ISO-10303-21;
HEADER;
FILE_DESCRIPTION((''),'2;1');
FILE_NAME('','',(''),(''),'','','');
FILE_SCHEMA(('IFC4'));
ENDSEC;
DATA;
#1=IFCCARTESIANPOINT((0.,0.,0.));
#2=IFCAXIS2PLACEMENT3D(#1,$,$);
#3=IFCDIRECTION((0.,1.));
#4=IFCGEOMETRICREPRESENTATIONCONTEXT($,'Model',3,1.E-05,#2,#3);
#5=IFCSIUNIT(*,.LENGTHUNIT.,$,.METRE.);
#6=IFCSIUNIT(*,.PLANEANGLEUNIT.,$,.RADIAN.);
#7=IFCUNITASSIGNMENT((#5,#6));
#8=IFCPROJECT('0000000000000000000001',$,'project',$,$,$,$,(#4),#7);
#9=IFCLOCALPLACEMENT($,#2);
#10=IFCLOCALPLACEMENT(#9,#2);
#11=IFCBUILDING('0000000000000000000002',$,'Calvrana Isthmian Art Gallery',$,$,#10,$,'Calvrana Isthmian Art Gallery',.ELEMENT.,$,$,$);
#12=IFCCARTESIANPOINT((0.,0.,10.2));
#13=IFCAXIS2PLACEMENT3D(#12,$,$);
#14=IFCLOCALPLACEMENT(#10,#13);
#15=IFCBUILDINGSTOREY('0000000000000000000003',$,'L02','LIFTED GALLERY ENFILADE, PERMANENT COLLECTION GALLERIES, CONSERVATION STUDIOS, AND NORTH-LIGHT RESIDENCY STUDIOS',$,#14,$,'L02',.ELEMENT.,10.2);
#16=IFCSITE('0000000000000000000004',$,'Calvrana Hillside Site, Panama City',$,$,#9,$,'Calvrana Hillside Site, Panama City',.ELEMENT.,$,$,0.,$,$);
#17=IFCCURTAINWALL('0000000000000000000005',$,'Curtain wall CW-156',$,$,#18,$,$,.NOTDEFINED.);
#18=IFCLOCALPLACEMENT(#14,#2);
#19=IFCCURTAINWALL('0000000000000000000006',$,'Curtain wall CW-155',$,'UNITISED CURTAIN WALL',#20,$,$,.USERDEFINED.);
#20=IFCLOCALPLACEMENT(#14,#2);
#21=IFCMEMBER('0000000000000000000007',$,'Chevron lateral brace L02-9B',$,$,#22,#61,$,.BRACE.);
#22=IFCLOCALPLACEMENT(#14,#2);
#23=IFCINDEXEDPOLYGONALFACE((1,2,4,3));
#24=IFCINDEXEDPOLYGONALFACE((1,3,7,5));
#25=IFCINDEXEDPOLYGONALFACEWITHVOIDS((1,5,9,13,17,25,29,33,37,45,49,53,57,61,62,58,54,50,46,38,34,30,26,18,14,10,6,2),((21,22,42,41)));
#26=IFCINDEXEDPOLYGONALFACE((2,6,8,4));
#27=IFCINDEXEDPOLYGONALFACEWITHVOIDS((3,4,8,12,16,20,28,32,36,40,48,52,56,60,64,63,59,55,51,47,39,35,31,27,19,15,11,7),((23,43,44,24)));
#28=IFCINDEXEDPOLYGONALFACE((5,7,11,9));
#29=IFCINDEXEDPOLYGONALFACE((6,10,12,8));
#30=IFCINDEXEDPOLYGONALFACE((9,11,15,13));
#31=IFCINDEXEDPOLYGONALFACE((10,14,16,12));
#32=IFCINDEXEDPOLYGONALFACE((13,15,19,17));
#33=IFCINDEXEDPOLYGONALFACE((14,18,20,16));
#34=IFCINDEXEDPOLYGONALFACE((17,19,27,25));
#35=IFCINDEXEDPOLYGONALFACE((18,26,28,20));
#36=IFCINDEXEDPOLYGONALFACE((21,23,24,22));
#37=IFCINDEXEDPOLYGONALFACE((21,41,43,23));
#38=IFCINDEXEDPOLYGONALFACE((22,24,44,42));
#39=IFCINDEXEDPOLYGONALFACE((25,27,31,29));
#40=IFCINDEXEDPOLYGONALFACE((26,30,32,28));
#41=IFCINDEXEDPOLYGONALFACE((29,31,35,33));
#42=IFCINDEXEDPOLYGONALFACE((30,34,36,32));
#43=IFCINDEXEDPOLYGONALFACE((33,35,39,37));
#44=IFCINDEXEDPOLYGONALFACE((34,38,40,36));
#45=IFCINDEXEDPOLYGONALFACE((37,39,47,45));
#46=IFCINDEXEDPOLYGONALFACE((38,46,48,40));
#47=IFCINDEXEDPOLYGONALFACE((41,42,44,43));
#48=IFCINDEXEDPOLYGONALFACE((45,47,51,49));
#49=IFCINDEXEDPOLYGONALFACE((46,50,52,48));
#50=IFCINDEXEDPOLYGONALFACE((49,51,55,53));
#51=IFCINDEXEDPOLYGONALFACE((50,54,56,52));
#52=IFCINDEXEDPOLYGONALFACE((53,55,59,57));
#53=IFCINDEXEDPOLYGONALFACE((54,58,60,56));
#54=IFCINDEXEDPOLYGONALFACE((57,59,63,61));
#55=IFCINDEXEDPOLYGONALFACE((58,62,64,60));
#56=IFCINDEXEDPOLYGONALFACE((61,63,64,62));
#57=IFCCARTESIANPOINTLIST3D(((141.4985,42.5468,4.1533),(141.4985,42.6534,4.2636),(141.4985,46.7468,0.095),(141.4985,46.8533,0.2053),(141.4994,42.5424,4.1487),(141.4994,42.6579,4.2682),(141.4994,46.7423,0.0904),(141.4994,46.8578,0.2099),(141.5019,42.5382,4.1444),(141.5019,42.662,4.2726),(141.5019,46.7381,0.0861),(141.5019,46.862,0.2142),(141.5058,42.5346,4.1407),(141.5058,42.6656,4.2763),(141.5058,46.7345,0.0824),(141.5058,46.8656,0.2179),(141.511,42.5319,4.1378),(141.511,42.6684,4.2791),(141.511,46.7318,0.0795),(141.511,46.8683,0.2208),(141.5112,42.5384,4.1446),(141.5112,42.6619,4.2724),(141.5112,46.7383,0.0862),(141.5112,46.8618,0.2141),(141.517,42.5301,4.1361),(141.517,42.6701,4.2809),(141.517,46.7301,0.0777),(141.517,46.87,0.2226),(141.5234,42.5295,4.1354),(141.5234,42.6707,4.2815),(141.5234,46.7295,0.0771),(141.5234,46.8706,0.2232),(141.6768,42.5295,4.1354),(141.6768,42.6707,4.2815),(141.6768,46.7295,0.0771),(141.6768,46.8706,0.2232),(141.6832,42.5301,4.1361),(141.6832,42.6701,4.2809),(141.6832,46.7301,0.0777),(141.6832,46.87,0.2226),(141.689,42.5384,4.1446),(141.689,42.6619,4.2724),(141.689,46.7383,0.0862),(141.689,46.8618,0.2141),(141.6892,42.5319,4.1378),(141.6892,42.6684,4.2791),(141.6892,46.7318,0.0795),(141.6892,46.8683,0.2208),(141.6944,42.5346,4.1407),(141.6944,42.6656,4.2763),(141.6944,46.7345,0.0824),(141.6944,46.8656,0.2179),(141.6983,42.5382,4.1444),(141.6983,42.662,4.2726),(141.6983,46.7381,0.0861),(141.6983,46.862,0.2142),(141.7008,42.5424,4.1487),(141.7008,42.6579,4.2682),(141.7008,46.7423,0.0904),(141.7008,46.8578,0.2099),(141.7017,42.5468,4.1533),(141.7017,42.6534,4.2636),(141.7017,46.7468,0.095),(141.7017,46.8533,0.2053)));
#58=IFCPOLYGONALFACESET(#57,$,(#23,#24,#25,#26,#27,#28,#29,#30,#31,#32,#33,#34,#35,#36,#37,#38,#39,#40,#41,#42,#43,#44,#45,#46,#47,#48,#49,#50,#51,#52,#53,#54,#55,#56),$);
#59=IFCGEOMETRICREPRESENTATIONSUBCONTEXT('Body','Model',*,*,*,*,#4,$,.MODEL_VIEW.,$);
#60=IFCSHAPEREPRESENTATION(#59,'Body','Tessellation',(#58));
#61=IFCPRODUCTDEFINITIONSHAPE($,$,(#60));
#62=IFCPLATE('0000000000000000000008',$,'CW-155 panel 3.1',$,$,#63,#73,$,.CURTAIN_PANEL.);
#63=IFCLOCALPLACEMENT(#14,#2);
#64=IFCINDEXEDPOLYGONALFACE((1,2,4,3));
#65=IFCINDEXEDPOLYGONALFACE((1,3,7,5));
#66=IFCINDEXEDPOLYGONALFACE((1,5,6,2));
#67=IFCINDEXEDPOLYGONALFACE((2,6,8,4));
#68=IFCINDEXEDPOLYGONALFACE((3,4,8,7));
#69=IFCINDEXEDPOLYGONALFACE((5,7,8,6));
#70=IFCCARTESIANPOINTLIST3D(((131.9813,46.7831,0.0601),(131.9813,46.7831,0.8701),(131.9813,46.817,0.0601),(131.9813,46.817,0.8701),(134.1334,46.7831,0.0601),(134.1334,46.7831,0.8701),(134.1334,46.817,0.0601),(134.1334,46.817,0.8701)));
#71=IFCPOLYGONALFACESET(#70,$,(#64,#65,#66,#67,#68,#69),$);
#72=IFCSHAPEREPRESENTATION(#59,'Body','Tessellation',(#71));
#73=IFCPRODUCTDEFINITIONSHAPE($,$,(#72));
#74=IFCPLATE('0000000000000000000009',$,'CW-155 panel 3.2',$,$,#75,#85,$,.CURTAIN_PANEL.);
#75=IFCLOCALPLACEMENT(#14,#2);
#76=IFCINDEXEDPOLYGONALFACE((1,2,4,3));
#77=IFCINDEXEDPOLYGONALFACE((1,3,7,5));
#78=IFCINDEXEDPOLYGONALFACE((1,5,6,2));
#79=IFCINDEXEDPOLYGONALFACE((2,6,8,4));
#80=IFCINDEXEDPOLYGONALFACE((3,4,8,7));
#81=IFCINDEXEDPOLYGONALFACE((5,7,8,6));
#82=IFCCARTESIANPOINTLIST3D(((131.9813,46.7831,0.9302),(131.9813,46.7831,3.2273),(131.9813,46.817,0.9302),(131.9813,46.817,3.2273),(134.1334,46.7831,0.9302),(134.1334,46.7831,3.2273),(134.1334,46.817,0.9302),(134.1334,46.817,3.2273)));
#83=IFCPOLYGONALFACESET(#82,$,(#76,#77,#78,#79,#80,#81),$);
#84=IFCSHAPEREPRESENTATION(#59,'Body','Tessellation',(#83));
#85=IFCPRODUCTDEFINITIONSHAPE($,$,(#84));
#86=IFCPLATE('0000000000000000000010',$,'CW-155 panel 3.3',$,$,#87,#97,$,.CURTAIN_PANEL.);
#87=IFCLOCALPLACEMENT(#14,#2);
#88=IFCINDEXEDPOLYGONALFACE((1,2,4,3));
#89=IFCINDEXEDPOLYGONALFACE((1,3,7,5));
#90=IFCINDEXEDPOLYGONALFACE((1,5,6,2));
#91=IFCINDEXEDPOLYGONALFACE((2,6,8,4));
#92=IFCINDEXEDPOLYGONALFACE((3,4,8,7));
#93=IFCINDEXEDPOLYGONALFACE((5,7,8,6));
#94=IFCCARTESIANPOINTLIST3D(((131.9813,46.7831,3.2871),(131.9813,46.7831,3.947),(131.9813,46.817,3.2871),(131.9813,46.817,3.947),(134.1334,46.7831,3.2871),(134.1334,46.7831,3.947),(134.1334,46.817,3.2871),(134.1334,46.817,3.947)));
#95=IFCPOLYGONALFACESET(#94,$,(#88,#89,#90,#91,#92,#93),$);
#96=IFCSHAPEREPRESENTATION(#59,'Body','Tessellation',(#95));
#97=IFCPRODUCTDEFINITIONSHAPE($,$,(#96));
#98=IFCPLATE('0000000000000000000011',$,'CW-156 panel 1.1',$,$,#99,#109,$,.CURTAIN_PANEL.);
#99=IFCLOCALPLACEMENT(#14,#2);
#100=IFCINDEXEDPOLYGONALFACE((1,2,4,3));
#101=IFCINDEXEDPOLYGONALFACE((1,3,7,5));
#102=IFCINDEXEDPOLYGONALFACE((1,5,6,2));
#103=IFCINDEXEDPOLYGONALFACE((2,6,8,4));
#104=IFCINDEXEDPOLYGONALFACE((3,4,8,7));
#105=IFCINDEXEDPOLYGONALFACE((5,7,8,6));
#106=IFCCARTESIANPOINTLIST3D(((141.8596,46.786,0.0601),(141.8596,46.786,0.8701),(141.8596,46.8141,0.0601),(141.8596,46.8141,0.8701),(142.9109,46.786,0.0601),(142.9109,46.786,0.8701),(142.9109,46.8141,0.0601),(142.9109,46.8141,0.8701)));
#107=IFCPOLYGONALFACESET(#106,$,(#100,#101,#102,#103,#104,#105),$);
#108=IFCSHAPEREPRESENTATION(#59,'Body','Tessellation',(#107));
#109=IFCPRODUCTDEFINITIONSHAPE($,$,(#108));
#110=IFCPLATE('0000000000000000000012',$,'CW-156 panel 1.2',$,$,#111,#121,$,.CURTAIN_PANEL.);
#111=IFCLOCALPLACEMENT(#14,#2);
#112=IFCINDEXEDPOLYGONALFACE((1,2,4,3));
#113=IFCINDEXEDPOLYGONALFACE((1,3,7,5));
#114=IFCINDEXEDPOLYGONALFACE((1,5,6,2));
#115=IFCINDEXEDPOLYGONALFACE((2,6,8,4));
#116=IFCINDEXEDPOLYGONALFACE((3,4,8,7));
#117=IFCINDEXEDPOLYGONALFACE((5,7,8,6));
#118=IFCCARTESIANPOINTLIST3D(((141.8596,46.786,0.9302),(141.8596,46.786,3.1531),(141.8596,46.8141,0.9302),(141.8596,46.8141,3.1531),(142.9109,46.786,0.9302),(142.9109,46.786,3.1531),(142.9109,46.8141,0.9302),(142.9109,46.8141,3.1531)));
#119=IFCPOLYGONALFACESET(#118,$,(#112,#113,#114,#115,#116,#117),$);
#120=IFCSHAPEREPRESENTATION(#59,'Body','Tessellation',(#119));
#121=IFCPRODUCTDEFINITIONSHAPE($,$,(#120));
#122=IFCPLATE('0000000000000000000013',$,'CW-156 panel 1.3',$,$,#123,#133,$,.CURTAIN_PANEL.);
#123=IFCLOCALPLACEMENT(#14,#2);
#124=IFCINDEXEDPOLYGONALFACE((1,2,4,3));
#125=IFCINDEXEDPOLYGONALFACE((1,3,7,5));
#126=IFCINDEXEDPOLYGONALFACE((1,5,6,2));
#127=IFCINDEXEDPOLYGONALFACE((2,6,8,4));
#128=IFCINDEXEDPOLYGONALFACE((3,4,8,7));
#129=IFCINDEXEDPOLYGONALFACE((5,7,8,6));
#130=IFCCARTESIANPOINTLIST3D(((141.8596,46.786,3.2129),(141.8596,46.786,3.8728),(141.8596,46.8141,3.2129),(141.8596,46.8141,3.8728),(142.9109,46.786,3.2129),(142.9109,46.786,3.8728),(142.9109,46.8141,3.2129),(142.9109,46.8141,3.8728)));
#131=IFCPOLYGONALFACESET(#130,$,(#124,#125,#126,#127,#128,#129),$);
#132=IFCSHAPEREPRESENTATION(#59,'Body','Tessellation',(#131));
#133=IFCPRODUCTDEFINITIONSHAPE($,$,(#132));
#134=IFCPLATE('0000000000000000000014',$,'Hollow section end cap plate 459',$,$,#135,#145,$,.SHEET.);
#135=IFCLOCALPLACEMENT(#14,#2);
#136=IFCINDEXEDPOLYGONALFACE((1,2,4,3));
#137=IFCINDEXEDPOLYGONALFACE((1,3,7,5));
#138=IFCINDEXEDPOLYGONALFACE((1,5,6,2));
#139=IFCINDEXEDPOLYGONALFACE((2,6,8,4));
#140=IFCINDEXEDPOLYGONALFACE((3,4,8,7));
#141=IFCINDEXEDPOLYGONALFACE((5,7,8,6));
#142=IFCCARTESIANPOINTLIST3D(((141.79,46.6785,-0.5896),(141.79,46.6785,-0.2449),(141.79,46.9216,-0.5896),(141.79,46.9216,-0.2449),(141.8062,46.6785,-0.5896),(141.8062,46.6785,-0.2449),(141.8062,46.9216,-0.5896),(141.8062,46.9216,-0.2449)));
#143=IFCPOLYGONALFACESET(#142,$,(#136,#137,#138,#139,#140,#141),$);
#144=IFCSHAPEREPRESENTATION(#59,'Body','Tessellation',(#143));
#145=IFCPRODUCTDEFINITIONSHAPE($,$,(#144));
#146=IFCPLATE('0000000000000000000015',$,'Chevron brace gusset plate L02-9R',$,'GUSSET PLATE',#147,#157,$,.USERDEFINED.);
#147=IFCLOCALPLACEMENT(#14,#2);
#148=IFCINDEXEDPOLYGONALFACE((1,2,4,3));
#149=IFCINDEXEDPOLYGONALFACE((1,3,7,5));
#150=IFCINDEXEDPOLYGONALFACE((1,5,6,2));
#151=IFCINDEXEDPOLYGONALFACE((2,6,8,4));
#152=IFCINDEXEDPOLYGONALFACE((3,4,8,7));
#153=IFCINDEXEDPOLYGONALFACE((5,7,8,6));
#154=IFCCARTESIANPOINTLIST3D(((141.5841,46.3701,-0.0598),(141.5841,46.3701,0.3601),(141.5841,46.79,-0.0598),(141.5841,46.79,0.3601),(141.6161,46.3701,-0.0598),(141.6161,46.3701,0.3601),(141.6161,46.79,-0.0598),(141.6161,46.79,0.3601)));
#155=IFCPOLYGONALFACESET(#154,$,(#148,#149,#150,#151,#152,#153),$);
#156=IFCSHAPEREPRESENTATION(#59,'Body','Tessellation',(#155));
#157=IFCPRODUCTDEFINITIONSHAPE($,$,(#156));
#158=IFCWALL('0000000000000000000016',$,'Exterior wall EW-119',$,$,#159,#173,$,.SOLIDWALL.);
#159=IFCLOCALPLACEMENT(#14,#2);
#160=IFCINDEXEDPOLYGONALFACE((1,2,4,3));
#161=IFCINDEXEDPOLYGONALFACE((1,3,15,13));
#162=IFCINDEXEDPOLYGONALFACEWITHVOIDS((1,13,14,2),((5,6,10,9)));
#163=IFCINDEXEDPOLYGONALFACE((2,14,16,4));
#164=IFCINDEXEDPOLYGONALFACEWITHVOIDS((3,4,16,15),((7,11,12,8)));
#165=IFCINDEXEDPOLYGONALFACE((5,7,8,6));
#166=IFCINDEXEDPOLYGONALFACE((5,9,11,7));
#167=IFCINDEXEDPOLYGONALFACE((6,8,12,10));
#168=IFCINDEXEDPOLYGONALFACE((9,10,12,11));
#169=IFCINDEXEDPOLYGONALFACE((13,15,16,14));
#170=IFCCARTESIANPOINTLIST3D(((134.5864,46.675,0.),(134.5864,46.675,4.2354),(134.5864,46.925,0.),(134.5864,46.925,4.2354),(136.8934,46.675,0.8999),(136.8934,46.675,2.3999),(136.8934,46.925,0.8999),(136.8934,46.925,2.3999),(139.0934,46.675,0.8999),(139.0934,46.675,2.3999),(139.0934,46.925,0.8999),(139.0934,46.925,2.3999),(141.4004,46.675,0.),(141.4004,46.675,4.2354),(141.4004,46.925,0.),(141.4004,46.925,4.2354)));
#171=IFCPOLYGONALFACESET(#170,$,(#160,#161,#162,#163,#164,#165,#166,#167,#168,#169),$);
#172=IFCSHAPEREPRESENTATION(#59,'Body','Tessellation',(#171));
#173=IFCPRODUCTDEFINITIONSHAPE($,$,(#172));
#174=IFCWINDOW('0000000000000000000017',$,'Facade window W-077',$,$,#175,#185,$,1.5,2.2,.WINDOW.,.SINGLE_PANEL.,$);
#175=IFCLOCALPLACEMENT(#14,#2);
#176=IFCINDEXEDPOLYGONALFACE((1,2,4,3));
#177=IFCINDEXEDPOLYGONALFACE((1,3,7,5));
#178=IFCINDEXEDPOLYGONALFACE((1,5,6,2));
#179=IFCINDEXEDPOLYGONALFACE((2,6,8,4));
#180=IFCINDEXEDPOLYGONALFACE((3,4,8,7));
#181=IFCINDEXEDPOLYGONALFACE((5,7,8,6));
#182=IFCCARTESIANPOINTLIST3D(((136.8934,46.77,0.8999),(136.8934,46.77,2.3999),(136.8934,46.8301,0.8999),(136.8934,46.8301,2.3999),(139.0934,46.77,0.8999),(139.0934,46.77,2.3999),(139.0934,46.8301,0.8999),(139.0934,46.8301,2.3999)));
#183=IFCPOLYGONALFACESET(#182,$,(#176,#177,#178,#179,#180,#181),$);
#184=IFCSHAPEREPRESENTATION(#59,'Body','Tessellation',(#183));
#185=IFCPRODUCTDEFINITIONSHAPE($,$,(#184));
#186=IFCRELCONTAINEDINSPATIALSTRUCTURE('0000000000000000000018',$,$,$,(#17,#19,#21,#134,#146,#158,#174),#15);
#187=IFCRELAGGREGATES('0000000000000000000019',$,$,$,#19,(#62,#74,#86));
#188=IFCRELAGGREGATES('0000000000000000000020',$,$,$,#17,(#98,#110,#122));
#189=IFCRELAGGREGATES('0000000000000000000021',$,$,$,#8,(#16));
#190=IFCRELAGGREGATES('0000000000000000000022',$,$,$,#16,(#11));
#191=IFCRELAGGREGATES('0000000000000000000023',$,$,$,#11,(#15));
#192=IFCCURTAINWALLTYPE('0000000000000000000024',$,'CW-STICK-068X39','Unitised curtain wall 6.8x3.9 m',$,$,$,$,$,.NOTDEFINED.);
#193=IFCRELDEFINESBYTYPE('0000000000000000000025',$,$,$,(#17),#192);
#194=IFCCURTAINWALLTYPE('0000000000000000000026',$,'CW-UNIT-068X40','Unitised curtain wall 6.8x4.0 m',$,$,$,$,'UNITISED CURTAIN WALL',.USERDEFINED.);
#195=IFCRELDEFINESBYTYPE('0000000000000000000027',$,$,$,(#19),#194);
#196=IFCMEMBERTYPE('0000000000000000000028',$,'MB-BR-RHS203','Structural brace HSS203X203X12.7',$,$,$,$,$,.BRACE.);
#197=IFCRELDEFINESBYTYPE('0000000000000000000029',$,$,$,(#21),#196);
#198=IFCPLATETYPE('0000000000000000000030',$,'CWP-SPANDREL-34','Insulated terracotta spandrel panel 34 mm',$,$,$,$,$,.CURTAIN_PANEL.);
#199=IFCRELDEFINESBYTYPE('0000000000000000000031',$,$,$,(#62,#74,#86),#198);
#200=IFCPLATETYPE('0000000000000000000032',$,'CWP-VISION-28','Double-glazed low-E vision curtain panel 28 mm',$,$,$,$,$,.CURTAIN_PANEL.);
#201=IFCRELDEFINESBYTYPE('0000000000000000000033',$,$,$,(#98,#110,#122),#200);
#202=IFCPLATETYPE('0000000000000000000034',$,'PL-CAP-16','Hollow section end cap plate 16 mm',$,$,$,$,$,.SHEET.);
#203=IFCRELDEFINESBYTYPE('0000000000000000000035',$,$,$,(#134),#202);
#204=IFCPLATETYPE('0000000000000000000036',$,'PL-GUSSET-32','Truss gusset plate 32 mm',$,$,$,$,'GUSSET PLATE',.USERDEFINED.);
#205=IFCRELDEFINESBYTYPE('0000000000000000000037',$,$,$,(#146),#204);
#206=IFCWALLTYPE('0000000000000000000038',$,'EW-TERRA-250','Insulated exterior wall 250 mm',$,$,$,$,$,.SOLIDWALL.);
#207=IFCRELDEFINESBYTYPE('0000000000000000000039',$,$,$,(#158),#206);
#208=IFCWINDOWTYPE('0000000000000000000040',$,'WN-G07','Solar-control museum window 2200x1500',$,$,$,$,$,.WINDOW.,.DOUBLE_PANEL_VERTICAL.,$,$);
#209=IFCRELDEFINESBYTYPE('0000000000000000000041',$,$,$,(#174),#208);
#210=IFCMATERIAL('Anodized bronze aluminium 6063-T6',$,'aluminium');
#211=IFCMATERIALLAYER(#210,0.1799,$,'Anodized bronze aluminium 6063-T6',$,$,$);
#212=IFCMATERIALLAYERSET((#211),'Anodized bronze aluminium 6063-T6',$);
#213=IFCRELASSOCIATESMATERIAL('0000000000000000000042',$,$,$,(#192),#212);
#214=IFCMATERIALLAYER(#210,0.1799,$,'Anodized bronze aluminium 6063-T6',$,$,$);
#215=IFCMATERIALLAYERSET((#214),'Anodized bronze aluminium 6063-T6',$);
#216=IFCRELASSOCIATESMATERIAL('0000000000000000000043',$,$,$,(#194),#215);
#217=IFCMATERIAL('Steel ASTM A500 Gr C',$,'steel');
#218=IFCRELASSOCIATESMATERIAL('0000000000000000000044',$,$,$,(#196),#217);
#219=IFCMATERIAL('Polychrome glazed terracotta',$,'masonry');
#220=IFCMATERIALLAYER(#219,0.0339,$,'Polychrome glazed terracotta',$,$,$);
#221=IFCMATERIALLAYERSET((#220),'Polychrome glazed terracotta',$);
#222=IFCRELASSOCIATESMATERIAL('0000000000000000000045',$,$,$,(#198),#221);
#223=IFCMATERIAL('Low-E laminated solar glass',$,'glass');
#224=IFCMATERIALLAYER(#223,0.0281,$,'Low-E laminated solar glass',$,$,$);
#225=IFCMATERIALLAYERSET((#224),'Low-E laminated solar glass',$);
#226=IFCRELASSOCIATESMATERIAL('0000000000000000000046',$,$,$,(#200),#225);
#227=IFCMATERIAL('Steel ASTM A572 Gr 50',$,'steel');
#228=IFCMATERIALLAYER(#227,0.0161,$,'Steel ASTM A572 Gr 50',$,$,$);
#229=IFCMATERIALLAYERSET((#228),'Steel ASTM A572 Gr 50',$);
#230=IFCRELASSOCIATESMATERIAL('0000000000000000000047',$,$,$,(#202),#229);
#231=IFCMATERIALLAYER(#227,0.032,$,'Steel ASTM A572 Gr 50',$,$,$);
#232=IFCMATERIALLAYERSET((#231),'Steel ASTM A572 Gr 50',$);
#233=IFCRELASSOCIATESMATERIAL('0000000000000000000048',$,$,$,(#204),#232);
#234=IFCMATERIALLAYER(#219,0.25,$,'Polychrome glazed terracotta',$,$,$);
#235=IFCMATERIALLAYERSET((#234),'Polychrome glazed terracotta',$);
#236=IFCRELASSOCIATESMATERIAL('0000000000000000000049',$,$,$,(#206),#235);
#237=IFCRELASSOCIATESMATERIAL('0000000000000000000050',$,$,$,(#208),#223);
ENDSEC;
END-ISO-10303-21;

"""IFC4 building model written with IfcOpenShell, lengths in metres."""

from ifc_helpers import new_model, si_unit, direction, frame, frame_2d, origin, origin_2d, place, context, subcontext, project, spatial, rectangle, hollow_rectangle, extrude, material, layer, layer_set, material_profile, profile_set, type_object, element, fill, aggregate, save


model = new_model("IFC4")

# Units and contexts
model_context = context("Model", 3, precision=1e-05, world=origin(), true_north=direction((0.0, 1.0)))
body_context = subcontext(model_context, "Body", "Model", "MODEL_VIEW")
ifc_project = project(units=[si_unit("LENGTHUNIT", "METRE"), si_unit("PLANEANGLEUNIT", "RADIAN")], contexts=[model_context])

# Site, building, storey
site_placement = place(None, origin())
site = spatial("IfcSite", under=ifc_project, at=site_placement, Name="Calvrana Hillside Site, Panama City", LongName="Calvrana Hillside Site, Panama City", CompositionType="ELEMENT", RefElevation=0.0)
building_placement = place(site_placement, origin())
building = spatial("IfcBuilding", under=site, at=building_placement, Name="Calvrana Isthmian Art Gallery", LongName="Calvrana Isthmian Art Gallery", CompositionType="ELEMENT")
storey_placement = place(building_placement, frame((0.0, 0.0, 10.2)))
storey = spatial("IfcBuildingStorey", under=building, at=storey_placement, Name="L02", Description="LIFTED GALLERY ENFILADE, PERMANENT COLLECTION GALLERIES, CONSERVATION STUDIOS, AND NORTH-LIGHT RESIDENCY STUDIOS", LongName="L02", CompositionType="ELEMENT", Elevation=10.2)

# Shared definitions
ifc_material_1 = material(Name="Steel ASTM A500 Gr C", Category="steel")

# Curtain wall
ifc_material_2 = material(Name="Anodized bronze aluminium 6063-T6", Category="aluminium")
ifc_layer_1 = layer(ifc_material_2, 0.1799, Name="Anodized bronze aluminium 6063-T6")
ifc_layer_set_1 = layer_set([ifc_layer_1], Name="Anodized bronze aluminium 6063-T6")
curtain_wall_type_1 = type_object("IfcCurtainWallType", Name="CW-STICK-068X39", Description="Unitised curtain wall 6.8x3.9 m", PredefinedType="NOTDEFINED", material=ifc_layer_set_1)
curtain_wall_1_placement = place(storey_placement, origin())
curtain_wall_1 = element("IfcCurtainWall", 1, at=curtain_wall_1_placement, inside=storey, type_object=curtain_wall_type_1, Name="Curtain wall CW-156", PredefinedType="NOTDEFINED")

# Curtain wall
ifc_layer_2 = layer(ifc_material_2, 0.1799, Name="Anodized bronze aluminium 6063-T6")
ifc_layer_set_2 = layer_set([ifc_layer_2], Name="Anodized bronze aluminium 6063-T6")
curtain_wall_type_2 = type_object("IfcCurtainWallType", Name="CW-UNIT-068X40", Description="Unitised curtain wall 6.8x4.0 m", ElementType="UNITISED CURTAIN WALL", PredefinedType="USERDEFINED", material=ifc_layer_set_2)
curtain_wall_2_placement = place(storey_placement, origin())
curtain_wall_2 = element("IfcCurtainWall", 2, at=curtain_wall_2_placement, inside=storey, type_object=curtain_wall_type_2, Name="Curtain wall CW-155", ObjectType="UNITISED CURTAIN WALL", PredefinedType="USERDEFINED")

# Member
ifc_material_profile_1 = material_profile(ifc_material_1, hollow_rectangle(XDim=0.2031, YDim=0.2031, WallThickness=0.0127, OuterFilletRadius=0.0249, at=origin_2d()), Name="HSS203X203X12.7")
ifc_profile_set_1 = profile_set([ifc_material_profile_1], Name="Steel ASTM A500 Gr C")
member_type_1 = type_object("IfcMemberType", Name="MB-BR-RHS203", Description="Structural brace HSS203X203X12.7", PredefinedType="BRACE", material=ifc_profile_set_1)
member_1_placement = place(storey_placement, frame((141.6001, 46.8, 0.1501), z_axis=(0.0, -0.719126, 0.69488), x_axis=(1.0, 0.0, 0.0)))
element("IfcMember", 3, at=member_1_placement, inside=storey, type_object=member_type_1, Name="Chevron lateral brace L02-9B", PredefinedType="BRACE", context=body_context, shape_type="SweptSolid", body=[
    extrude(hollow_rectangle(XDim=0.2031, YDim=0.2031, WallThickness=0.0127, OuterFilletRadius=0.0249, at=origin_2d()), origin(), (0.0, 0.0, 1.0), 5.8403),
])

# Plates
ifc_material_3 = material(Name="Polychrome glazed terracotta", Category="masonry")
ifc_layer_3 = layer(ifc_material_3, 0.0339, Name="Polychrome glazed terracotta")
ifc_layer_set_3 = layer_set([ifc_layer_3], Name="Polychrome glazed terracotta")
plate_type_1 = type_object("IfcPlateType", Name="CWP-SPANDREL-34", Description="Insulated terracotta spandrel panel 34 mm", PredefinedType="CURTAIN_PANEL", material=ifc_layer_set_3)
plate_1_placement = place(storey_placement, frame((133.0574, 46.8, 0.0601), z_axis=(0.0, 0.0, 1.0), x_axis=(1.0, 0.0, 0.0)))
plate_1 = element("IfcPlate", 4, at=plate_1_placement, type_object=plate_type_1, Name="CW-155 panel 3.1", PredefinedType="CURTAIN_PANEL", context=body_context, shape_type="SweptSolid", body=[
    extrude(rectangle(XDim=2.1521, YDim=0.0339, at=origin_2d()), origin(), (0.0, 0.0, 1.0), 0.8101),
])
plate_2_placement = place(storey_placement, frame((133.0574, 46.8, 0.9302), z_axis=(0.0, 0.0, 1.0), x_axis=(1.0, 0.0, 0.0)))
plate_2 = element("IfcPlate", 5, at=plate_2_placement, type_object=plate_type_1, Name="CW-155 panel 3.2", PredefinedType="CURTAIN_PANEL", context=body_context, shape_type="SweptSolid", body=[
    extrude(rectangle(XDim=2.1521, YDim=0.0339, at=origin_2d()), origin(), (0.0, 0.0, 1.0), 2.2971),
])
plate_3_placement = place(storey_placement, frame((133.0574, 46.8, 3.2871), z_axis=(0.0, 0.0, 1.0), x_axis=(1.0, 0.0, 0.0)))
plate_3 = element("IfcPlate", 6, at=plate_3_placement, type_object=plate_type_1, Name="CW-155 panel 3.3", PredefinedType="CURTAIN_PANEL", context=body_context, shape_type="SweptSolid", body=[
    extrude(rectangle(XDim=2.1521, YDim=0.0339, at=origin_2d()), origin(), (0.0, 0.0, 1.0), 0.6599),
])
aggregate(curtain_wall_2, [plate_1, plate_2, plate_3])
ifc_material_4 = material(Name="Low-E laminated solar glass", Category="glass")
ifc_layer_4 = layer(ifc_material_4, 0.0281, Name="Low-E laminated solar glass")
ifc_layer_set_4 = layer_set([ifc_layer_4], Name="Low-E laminated solar glass")
plate_type_2 = type_object("IfcPlateType", Name="CWP-VISION-28", Description="Double-glazed low-E vision curtain panel 28 mm", PredefinedType="CURTAIN_PANEL", material=ifc_layer_set_4)
plate_4_placement = place(storey_placement, frame((142.3853, 46.8, 0.0601), z_axis=(0.0, 0.0, 1.0), x_axis=(1.0, 0.0, 0.0)))
plate_4 = element("IfcPlate", 7, at=plate_4_placement, type_object=plate_type_2, Name="CW-156 panel 1.1", PredefinedType="CURTAIN_PANEL", context=body_context, shape_type="SweptSolid", body=[
    extrude(rectangle(XDim=1.0513, YDim=0.0281, at=origin_2d()), origin(), (0.0, 0.0, 1.0), 0.8101),
])
plate_5_placement = place(storey_placement, frame((142.3853, 46.8, 0.9302), z_axis=(0.0, 0.0, 1.0), x_axis=(1.0, 0.0, 0.0)))
plate_5 = element("IfcPlate", 8, at=plate_5_placement, type_object=plate_type_2, Name="CW-156 panel 1.2", PredefinedType="CURTAIN_PANEL", context=body_context, shape_type="SweptSolid", body=[
    extrude(rectangle(XDim=1.0513, YDim=0.0281, at=origin_2d()), origin(), (0.0, 0.0, 1.0), 2.2229),
])
plate_6_placement = place(storey_placement, frame((142.3853, 46.8, 3.2129), z_axis=(0.0, 0.0, 1.0), x_axis=(1.0, 0.0, 0.0)))
plate_6 = element("IfcPlate", 9, at=plate_6_placement, type_object=plate_type_2, Name="CW-156 panel 1.3", PredefinedType="CURTAIN_PANEL", context=body_context, shape_type="SweptSolid", body=[
    extrude(rectangle(XDim=1.0513, YDim=0.0281, at=origin_2d()), origin(), (0.0, 0.0, 1.0), 0.6599),
])
aggregate(curtain_wall_1, [plate_4, plate_5, plate_6])

# Plates
ifc_material_5 = material(Name="Steel ASTM A572 Gr 50", Category="steel")
ifc_layer_5 = layer(ifc_material_5, 0.0161, Name="Steel ASTM A572 Gr 50")
ifc_layer_set_5 = layer_set([ifc_layer_5], Name="Steel ASTM A572 Gr 50")
plate_type_3 = type_object("IfcPlateType", Name="PL-CAP-16", Description="Hollow section end cap plate 16 mm", PredefinedType="SHEET", material=ifc_layer_set_5)
plate_7_placement = place(storey_placement, frame((141.7981, 46.8, -0.5896), z_axis=(0.0, 0.0, 1.0), x_axis=(1.0, 0.0, 0.0)))
element("IfcPlate", 10, at=plate_7_placement, inside=storey, type_object=plate_type_3, Name="Hollow section end cap plate 459", PredefinedType="SHEET", context=body_context, shape_type="SweptSolid", body=[
    extrude(rectangle(XDim=0.0161, YDim=0.2432, at=origin_2d()), origin(), (0.0, 0.0, 1.0), 0.3447),
])
ifc_layer_6 = layer(ifc_material_5, 0.032, Name="Steel ASTM A572 Gr 50")
ifc_layer_set_6 = layer_set([ifc_layer_6], Name="Steel ASTM A572 Gr 50")
plate_type_4 = type_object("IfcPlateType", Name="PL-GUSSET-32", Description="Truss gusset plate 32 mm", ElementType="GUSSET PLATE", PredefinedType="USERDEFINED", material=ifc_layer_set_6)
plate_8_placement = place(storey_placement, frame((141.6001, 46.5801, -0.0598), z_axis=(0.0, 0.0, 1.0), x_axis=(1.0, 0.0, 0.0)))
element("IfcPlate", 11, at=plate_8_placement, inside=storey, type_object=plate_type_4, Name="Chevron brace gusset plate L02-9R", ObjectType="GUSSET PLATE", PredefinedType="USERDEFINED", context=body_context, shape_type="SweptSolid", body=[
    extrude(rectangle(XDim=0.032, YDim=0.4199, at=origin_2d()), origin(), (0.0, 0.0, 1.0), 0.4199),
])

# Wall, opening, window
ifc_layer_7 = layer(ifc_material_3, 0.25, Name="Polychrome glazed terracotta")
ifc_layer_set_7 = layer_set([ifc_layer_7], Name="Polychrome glazed terracotta")
wall_type = type_object("IfcWallType", Name="EW-TERRA-250", Description="Insulated exterior wall 250 mm", PredefinedType="SOLIDWALL", material=ifc_layer_set_7)
wall_placement = place(storey_placement, frame((134.5864, 46.8, 0.0), z_axis=(0.0, 0.0, 1.0), x_axis=(1.0, 0.0, 0.0)))
wall = element("IfcWall", 12, at=wall_placement, inside=storey, type_object=wall_type, Name="Exterior wall EW-119", PredefinedType="SOLIDWALL", context=body_context, shape_type="SweptSolid", body=[
    extrude(rectangle(XDim=6.814, YDim=0.25, at=frame_2d((3.407, 0.0))), origin(), (0.0, 0.0, 1.0), 4.2354),
])
opening_placement = place(wall_placement, frame((2.3069, 0.0, 0.8999)))
opening = element("IfcOpeningElement", 13, at=opening_placement, cuts=wall, PredefinedType="OPENING", context=body_context, shape_type="SweptSolid", body=[
    extrude(rectangle(XDim=2.2, YDim=1.5, at=frame_2d((1.1001, 0.75))), frame((0.0, 0.1353, 0.0), z_axis=(0.0, -1.0, 0.0), x_axis=(1.0, 0.0, 0.0)), (0.0, 0.0, 1.0), 0.2705),
])
window_type = type_object("IfcWindowType", Name="WN-G07", Description="Solar-control museum window 2200x1500", PartitioningType="DOUBLE_PANEL_VERTICAL", PredefinedType="WINDOW", material=ifc_material_4)
window_placement = place(opening_placement, origin())
window = element("IfcWindow", 14, at=window_placement, inside=storey, type_object=window_type, Name="Facade window W-077", OverallHeight=1.5, OverallWidth=2.2, PartitioningType="SINGLE_PANEL", PredefinedType="WINDOW", context=body_context, shape_type="SweptSolid", body=[
    extrude(rectangle(XDim=2.2, YDim=1.5, at=frame_2d((1.1001, 0.75))), frame((0.0, 0.03, 0.0), z_axis=(0.0, -1.0, 0.0), x_axis=(1.0, 0.0, 0.0)), (0.0, 0.0, 1.0), 0.0601),
])
fill(opening, window)

save(model, "model.ifc")
